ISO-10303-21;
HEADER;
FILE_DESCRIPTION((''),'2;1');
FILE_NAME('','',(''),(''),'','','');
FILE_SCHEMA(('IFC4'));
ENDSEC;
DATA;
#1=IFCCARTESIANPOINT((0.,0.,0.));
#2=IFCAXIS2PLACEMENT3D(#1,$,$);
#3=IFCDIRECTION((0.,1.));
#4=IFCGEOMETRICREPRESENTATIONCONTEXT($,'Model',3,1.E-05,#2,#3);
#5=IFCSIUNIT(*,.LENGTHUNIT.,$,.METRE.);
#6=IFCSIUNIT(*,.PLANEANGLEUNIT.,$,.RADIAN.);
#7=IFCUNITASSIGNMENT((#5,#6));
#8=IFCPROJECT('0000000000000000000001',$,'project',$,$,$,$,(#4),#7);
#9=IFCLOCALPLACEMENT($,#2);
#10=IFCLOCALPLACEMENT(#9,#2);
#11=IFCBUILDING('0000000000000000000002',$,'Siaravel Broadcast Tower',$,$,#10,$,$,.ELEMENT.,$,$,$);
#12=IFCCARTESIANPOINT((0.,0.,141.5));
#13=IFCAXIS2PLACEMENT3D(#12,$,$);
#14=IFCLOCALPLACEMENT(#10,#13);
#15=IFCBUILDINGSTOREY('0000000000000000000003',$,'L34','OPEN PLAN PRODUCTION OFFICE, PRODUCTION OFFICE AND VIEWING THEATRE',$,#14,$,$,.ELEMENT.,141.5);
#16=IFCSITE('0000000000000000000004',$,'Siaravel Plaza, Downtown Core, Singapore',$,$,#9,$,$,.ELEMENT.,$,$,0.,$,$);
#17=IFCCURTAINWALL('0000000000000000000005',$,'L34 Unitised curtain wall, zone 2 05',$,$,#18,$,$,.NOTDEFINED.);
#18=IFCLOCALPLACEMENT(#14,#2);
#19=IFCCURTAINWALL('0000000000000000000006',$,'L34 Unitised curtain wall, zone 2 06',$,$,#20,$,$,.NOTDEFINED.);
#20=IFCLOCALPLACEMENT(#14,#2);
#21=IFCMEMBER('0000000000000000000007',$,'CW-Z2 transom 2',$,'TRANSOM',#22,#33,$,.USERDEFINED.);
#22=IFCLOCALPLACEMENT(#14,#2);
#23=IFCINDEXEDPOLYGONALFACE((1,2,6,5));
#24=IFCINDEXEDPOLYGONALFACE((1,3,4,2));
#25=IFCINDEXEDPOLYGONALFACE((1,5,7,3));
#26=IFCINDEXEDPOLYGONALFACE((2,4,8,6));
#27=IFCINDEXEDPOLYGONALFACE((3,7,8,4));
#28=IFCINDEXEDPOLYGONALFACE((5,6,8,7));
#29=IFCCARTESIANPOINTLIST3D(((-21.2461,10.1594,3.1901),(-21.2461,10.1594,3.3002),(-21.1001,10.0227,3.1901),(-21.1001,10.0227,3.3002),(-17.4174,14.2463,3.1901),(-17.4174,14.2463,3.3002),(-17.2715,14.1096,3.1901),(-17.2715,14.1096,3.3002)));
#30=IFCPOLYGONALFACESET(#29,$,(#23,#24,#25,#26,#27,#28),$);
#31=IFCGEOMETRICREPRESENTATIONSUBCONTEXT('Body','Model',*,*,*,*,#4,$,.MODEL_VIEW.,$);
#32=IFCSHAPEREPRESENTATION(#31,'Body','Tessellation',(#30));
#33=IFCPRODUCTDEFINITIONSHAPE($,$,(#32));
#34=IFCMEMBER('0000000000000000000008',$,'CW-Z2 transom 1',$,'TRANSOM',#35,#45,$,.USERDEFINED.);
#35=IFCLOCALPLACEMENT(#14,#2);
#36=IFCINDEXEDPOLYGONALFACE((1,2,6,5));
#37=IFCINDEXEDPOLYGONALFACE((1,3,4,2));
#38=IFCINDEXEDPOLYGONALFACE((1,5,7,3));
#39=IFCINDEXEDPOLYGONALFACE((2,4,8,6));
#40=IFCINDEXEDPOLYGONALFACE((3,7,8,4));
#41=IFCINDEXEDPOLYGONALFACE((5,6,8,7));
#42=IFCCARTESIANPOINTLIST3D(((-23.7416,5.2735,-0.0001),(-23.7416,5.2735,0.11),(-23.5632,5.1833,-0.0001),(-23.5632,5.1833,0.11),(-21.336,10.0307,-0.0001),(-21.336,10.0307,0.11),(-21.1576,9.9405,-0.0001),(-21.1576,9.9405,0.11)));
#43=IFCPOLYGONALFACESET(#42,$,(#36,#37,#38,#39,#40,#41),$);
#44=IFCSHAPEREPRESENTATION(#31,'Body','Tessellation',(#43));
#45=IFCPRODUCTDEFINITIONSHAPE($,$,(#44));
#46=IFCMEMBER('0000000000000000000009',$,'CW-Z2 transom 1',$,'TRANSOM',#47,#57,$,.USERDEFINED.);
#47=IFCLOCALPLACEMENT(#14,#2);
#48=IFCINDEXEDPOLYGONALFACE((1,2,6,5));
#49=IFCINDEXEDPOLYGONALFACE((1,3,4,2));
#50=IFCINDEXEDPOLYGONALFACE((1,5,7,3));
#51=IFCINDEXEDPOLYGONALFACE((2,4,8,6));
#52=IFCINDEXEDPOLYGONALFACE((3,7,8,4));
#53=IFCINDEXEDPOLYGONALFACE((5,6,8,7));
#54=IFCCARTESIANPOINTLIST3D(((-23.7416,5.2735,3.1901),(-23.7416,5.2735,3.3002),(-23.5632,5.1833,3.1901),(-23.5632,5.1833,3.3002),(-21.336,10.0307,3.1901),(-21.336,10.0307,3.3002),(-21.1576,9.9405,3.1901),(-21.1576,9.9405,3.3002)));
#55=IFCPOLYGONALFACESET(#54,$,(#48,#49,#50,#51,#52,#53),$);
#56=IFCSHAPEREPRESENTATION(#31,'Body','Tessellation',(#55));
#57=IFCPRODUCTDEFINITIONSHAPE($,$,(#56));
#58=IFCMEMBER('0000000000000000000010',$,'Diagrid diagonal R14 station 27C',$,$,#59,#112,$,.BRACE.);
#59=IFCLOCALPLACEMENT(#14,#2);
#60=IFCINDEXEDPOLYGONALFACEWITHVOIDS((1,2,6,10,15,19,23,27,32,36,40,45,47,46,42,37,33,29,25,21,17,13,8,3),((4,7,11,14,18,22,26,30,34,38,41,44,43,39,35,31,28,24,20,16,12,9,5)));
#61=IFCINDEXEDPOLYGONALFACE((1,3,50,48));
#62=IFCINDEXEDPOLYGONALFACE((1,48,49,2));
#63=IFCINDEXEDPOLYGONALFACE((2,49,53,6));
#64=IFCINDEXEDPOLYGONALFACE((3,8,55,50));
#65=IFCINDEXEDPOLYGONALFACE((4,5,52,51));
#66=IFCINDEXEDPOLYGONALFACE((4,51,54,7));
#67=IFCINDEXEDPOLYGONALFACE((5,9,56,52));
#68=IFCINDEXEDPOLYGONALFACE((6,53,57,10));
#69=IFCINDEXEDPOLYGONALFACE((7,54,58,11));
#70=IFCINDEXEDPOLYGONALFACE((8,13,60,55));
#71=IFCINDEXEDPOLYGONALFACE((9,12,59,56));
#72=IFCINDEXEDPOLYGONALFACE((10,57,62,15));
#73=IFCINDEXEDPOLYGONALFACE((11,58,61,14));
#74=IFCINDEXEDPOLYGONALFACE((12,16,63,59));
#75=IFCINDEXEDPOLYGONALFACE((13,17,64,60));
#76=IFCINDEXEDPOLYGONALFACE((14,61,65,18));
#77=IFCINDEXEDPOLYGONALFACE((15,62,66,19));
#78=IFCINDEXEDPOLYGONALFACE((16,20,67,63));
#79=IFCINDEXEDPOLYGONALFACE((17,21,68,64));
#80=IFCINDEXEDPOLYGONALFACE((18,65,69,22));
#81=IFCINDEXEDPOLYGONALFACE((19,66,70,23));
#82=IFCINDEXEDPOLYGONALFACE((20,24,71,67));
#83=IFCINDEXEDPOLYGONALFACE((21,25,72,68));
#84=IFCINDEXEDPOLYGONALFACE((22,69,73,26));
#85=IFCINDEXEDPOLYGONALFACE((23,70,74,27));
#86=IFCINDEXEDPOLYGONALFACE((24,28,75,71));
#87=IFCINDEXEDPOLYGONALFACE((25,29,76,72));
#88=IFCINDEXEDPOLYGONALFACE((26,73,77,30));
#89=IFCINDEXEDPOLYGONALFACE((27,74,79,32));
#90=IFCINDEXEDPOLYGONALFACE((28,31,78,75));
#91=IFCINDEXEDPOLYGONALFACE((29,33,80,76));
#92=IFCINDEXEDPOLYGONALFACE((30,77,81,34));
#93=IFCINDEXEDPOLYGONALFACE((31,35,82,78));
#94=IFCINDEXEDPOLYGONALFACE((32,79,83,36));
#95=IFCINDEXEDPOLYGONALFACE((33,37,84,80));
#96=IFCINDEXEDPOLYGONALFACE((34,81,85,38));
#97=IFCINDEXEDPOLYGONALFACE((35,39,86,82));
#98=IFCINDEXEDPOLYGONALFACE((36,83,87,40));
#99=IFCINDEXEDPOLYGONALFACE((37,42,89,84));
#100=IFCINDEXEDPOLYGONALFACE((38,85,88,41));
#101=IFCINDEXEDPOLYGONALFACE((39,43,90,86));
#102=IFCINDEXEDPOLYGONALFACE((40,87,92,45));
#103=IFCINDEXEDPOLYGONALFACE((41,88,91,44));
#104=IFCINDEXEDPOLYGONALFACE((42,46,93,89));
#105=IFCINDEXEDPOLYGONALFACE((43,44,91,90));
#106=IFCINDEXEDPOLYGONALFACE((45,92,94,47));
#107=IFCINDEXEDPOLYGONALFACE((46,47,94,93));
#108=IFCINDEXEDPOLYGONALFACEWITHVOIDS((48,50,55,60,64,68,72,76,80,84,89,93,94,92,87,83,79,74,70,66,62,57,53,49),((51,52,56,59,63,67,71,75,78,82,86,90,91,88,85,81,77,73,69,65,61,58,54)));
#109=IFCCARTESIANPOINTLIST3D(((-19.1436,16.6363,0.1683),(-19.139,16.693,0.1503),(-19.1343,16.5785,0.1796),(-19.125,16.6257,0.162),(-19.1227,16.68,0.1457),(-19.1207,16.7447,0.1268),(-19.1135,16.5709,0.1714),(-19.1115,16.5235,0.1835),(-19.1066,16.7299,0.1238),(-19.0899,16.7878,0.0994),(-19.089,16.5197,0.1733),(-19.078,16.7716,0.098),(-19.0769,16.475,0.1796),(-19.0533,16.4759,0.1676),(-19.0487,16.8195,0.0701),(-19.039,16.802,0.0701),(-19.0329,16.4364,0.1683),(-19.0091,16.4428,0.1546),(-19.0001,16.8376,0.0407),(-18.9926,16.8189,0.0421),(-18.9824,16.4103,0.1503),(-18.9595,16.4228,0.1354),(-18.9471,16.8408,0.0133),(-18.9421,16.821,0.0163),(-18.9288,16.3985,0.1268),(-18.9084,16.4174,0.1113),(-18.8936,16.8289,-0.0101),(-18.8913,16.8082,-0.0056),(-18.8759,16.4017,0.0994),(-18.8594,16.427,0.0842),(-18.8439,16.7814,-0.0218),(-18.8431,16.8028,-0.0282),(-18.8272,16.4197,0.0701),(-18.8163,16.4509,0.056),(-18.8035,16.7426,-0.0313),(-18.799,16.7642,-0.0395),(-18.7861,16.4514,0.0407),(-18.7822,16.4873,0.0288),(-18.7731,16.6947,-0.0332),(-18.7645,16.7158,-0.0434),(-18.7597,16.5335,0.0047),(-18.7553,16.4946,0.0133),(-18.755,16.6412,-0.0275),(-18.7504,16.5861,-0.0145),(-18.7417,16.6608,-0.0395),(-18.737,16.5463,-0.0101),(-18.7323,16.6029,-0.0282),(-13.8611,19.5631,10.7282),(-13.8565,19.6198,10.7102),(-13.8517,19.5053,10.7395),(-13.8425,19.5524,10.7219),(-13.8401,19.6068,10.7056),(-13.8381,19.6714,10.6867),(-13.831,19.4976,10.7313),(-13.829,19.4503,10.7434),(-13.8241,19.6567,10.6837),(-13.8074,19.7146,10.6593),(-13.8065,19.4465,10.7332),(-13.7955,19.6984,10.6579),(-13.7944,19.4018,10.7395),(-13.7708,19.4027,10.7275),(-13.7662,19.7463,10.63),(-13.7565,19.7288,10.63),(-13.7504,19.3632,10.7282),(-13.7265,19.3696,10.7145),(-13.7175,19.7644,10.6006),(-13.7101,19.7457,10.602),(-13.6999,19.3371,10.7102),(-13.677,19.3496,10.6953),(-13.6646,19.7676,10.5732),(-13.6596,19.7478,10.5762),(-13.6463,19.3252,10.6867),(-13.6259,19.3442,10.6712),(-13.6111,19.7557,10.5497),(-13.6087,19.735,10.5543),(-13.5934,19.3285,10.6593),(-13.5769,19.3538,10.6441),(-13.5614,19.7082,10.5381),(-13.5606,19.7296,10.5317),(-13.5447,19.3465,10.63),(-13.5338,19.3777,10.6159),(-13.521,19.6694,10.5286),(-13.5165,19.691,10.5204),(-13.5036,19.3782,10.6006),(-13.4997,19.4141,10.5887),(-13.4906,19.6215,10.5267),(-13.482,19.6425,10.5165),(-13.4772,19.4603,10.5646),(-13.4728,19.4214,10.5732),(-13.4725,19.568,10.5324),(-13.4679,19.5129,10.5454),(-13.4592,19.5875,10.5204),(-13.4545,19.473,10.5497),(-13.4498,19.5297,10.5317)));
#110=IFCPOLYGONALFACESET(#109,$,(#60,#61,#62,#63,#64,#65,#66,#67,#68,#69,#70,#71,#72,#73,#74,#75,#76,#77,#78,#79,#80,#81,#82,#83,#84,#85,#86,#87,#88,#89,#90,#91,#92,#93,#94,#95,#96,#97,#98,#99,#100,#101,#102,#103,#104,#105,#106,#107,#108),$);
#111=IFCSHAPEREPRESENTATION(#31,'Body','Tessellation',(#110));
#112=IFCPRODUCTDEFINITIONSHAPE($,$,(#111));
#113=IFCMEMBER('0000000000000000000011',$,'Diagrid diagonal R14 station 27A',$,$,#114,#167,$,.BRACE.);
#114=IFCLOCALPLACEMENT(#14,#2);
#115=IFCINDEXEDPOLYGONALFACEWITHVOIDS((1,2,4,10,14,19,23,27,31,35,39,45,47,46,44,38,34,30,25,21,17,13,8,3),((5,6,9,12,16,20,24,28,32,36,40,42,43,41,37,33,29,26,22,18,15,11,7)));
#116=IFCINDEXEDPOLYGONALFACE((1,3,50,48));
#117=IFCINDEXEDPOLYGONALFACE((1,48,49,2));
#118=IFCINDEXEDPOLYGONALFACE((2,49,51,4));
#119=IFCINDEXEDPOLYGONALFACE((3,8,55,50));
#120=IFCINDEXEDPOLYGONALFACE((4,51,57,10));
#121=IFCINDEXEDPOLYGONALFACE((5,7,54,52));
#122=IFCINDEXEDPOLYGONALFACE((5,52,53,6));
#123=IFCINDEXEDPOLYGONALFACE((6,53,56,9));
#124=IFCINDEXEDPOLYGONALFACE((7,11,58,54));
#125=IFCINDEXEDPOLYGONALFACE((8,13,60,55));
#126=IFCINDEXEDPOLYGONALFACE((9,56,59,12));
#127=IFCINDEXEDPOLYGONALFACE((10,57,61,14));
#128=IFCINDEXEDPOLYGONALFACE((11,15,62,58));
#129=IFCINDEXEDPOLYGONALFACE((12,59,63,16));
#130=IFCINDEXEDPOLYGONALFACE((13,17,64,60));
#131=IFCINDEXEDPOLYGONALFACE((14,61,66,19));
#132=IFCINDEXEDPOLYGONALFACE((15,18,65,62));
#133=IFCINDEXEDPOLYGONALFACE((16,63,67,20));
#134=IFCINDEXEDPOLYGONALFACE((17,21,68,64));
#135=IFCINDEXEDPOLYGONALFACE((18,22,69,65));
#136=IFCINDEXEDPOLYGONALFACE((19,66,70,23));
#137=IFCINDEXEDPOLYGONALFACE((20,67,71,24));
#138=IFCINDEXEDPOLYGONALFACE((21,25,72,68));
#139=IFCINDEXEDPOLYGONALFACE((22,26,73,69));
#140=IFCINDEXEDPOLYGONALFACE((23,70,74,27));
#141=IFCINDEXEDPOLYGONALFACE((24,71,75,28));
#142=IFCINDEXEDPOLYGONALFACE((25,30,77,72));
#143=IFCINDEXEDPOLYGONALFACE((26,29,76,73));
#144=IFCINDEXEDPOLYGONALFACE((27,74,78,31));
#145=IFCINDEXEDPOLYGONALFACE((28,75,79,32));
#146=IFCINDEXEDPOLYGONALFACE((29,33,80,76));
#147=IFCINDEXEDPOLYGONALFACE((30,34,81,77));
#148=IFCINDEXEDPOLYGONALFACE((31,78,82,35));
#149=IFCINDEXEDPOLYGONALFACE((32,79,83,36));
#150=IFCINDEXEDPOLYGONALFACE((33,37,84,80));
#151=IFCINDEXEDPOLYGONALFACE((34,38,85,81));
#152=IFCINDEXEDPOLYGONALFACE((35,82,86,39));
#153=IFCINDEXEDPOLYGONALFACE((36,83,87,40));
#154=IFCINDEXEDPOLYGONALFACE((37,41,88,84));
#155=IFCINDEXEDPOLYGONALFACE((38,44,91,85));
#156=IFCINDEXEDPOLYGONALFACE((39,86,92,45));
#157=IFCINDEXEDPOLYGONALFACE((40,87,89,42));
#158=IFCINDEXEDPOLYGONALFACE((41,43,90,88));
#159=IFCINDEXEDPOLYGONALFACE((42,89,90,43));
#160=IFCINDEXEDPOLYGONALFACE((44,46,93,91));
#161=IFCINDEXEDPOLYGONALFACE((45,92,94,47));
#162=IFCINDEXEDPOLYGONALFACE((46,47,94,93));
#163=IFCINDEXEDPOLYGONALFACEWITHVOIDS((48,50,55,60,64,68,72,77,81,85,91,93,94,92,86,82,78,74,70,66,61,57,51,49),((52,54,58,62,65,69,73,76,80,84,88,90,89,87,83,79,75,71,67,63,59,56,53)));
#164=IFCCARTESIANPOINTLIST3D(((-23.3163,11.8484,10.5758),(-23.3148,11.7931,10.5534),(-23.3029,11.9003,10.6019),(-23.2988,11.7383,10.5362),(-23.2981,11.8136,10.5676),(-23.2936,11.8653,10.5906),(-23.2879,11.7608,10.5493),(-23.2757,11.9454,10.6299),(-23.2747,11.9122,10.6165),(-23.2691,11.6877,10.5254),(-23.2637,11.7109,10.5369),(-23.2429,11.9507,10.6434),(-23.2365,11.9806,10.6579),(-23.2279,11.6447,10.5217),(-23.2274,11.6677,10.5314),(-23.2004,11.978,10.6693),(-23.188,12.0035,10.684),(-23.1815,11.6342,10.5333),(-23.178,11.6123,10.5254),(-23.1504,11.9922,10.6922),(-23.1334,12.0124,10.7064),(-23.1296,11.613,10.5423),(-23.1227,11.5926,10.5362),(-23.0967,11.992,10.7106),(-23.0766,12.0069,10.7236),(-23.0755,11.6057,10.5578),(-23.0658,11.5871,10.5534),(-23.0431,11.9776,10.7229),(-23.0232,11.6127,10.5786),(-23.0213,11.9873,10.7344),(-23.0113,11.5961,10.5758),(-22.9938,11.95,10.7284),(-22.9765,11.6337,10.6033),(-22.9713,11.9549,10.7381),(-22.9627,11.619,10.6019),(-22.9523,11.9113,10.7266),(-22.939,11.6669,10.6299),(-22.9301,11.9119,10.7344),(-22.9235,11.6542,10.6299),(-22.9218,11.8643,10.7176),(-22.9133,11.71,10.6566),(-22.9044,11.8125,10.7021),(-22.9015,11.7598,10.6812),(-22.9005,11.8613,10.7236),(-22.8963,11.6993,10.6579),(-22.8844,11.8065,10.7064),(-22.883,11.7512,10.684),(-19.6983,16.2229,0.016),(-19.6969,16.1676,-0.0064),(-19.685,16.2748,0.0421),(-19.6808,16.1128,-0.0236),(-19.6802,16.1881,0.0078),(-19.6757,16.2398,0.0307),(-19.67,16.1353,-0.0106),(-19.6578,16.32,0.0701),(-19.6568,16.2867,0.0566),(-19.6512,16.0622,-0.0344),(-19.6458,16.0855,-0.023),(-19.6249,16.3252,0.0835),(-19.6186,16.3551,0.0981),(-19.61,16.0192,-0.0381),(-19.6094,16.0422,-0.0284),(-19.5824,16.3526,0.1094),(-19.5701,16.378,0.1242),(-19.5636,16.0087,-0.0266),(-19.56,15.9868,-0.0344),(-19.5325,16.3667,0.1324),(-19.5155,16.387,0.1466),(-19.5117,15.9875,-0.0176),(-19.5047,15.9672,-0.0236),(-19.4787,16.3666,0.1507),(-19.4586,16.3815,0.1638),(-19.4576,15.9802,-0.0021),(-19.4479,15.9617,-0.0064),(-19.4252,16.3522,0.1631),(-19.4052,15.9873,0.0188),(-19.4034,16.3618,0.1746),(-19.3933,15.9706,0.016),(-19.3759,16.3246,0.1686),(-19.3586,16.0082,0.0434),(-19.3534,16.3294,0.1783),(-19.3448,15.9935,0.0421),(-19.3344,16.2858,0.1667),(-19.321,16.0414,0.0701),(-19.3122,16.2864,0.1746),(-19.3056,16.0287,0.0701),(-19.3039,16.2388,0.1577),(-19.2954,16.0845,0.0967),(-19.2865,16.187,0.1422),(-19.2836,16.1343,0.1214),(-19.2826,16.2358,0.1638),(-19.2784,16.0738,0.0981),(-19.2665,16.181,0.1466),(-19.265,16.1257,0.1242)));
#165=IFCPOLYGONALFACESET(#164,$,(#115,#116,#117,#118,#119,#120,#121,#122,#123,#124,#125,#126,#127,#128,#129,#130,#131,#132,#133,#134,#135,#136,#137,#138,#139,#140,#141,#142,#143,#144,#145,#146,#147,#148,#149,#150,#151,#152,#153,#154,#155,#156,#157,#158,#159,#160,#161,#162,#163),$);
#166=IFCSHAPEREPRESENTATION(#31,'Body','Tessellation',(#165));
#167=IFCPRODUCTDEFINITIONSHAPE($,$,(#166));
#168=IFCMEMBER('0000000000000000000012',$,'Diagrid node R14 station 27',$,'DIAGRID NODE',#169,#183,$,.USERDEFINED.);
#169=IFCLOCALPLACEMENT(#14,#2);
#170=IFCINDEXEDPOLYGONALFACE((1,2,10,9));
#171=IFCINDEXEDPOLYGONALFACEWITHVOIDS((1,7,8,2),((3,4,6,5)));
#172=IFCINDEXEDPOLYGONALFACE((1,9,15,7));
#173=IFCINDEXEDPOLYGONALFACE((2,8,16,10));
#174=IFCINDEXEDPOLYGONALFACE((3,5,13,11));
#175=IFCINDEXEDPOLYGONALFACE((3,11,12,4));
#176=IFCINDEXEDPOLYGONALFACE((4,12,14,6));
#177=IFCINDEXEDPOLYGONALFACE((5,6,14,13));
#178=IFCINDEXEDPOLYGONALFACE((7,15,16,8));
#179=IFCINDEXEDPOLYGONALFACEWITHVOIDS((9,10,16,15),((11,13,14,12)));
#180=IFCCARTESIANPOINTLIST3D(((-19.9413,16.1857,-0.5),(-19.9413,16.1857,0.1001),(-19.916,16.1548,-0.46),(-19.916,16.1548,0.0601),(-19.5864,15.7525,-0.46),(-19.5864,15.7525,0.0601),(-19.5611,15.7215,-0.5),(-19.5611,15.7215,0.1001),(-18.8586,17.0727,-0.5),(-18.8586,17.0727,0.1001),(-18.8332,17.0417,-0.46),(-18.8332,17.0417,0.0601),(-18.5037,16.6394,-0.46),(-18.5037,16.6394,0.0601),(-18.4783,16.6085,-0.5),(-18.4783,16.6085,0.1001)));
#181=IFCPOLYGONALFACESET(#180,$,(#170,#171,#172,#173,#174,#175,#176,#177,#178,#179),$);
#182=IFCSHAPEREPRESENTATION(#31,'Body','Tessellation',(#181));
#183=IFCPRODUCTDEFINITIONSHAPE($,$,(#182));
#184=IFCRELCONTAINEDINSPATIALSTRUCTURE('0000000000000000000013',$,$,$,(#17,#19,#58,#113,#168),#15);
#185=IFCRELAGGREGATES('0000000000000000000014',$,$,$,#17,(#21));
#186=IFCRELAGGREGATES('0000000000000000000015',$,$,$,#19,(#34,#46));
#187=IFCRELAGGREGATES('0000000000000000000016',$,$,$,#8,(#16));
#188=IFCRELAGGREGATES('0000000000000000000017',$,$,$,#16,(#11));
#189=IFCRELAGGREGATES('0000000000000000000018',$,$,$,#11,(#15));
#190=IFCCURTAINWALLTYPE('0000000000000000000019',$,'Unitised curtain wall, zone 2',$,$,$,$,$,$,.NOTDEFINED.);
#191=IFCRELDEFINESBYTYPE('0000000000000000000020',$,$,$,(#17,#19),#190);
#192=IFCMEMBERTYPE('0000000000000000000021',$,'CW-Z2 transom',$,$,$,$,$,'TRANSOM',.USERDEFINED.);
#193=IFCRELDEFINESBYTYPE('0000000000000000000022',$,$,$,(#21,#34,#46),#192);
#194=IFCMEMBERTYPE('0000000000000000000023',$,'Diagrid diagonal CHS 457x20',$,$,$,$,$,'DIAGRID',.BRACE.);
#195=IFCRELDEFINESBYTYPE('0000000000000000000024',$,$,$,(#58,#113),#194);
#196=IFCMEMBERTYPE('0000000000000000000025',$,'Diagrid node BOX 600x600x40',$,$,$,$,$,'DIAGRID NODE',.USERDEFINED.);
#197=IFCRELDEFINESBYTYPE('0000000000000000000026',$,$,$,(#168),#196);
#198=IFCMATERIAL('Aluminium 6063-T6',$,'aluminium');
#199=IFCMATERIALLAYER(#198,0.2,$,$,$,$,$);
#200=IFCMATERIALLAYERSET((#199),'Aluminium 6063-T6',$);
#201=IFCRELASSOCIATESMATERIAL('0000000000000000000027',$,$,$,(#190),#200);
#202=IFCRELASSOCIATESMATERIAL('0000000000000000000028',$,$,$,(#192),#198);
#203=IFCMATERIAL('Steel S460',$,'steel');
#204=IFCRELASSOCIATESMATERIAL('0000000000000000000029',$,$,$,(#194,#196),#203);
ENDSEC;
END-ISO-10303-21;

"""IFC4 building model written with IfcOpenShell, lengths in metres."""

from ifc_helpers import new_model, si_unit, direction, frame, origin, origin_2d, place, context, subcontext, project, spatial, rectangle, hollow_rectangle, hollow_circle, extrude, material, layer, layer_set, material_profile, profile_set, type_object, element, aggregate, save


model = new_model("IFC4")

# Units and contexts
model_context = context("Model", 3, precision=1e-05, world=origin(), true_north=direction((0.0, 1.0)))
body_context = subcontext(model_context, "Body", "Model", "MODEL_VIEW")
ifc_project = project(units=[si_unit("LENGTHUNIT", "METRE"), si_unit("PLANEANGLEUNIT", "RADIAN")], contexts=[model_context])

# Site, building, storey
site_placement = place(None, origin())
site = spatial("IfcSite", under=ifc_project, at=site_placement, Name="Siaravel Plaza, Downtown Core, Singapore", CompositionType="ELEMENT", RefElevation=0.0)
building_placement = place(site_placement, origin())
building = spatial("IfcBuilding", under=site, at=building_placement, Name="Siaravel Broadcast Tower", CompositionType="ELEMENT")
storey_placement = place(building_placement, frame((0.0, 0.0, 141.5)))
storey = spatial("IfcBuildingStorey", under=building, at=storey_placement, Name="L34", Description="OPEN PLAN PRODUCTION OFFICE, PRODUCTION OFFICE AND VIEWING THEATRE", CompositionType="ELEMENT", Elevation=141.5)

# Curtain wall
ifc_material_1 = material(Name="Aluminium 6063-T6", Category="aluminium")
ifc_layer_1 = layer(ifc_material_1, 0.2)
ifc_layer_set_1 = layer_set([ifc_layer_1], Name="Aluminium 6063-T6")
curtain_wall_type = type_object("IfcCurtainWallType", Name="Unitised curtain wall, zone 2", PredefinedType="NOTDEFINED", material=ifc_layer_set_1)
curtain_wall_1_placement = place(storey_placement, origin())
curtain_wall_1 = element("IfcCurtainWall", 1, at=curtain_wall_1_placement, inside=storey, type_object=curtain_wall_type, Name="L34 Unitised curtain wall, zone 2 05", PredefinedType="NOTDEFINED")

# Curtain wall
curtain_wall_2_placement = place(storey_placement, origin())
curtain_wall_2 = element("IfcCurtainWall", 2, at=curtain_wall_2_placement, inside=storey, type_object=curtain_wall_type, Name="L34 Unitised curtain wall, zone 2 06", PredefinedType="NOTDEFINED")

# Members
ifc_material_profile_1 = material_profile(ifc_material_1, rectangle(XDim=0.2, YDim=0.1101, at=origin_2d()))
ifc_profile_set_1 = profile_set([ifc_material_profile_1], Name="Aluminium 6063-T6")
member_type_1 = type_object("IfcMemberType", Name="CW-Z2 transom", ElementType="TRANSOM", PredefinedType="USERDEFINED", material=ifc_profile_set_1)
member_1_placement = place(storey_placement, frame((-17.3445, 14.178, 3.2451), z_axis=(-0.683668, -0.729793, 0.0), x_axis=(0.729793, -0.683668, 0.0)))
member_1 = element("IfcMember", 3, at=member_1_placement, type_object=member_type_1, Name="CW-Z2 transom 2", ObjectType="TRANSOM", PredefinedType="USERDEFINED", context=body_context, shape_type="SweptSolid", body=[
    extrude(rectangle(XDim=0.2, YDim=0.1101, at=origin_2d()), origin(), (0.0, 0.0, 1.0), 5.6001),
])
member_2_placement = place(storey_placement, frame((-21.2468, 9.9856, 0.0549), z_axis=(-0.451258, -0.892394, 0.0), x_axis=(0.892394, -0.451258, 0.0)))
member_2 = element("IfcMember", 4, at=member_2_placement, type_object=member_type_1, Name="CW-Z2 transom 1", ObjectType="TRANSOM", PredefinedType="USERDEFINED", context=body_context, shape_type="SweptSolid", body=[
    extrude(rectangle(XDim=0.2, YDim=0.1101, at=origin_2d()), origin(), (0.0, 0.0, 1.0), 5.3308),
])
member_3_placement = place(storey_placement, frame((-21.2468, 9.9856, 3.2451), z_axis=(-0.451258, -0.892394, 0.0), x_axis=(0.892394, -0.451258, 0.0)))
member_3 = element("IfcMember", 5, at=member_3_placement, type_object=member_type_1, Name="CW-Z2 transom 1", ObjectType="TRANSOM", PredefinedType="USERDEFINED", context=body_context, shape_type="SweptSolid", body=[
    extrude(rectangle(XDim=0.2, YDim=0.1101, at=origin_2d()), origin(), (0.0, 0.0, 1.0), 5.3308),
])

# Members
ifc_material_2 = material(Name="Steel S460", Category="steel")
ifc_material_profile_2 = material_profile(ifc_material_2, hollow_circle(Radius=0.2285, WallThickness=0.02, at=origin_2d()))
ifc_profile_set_2 = profile_set([ifc_material_profile_2], Name="Steel S460")
member_type_2 = type_object("IfcMemberType", Name="Diagrid diagonal CHS 457x20", ElementType="DIAGRID", PredefinedType="BRACE", material=ifc_profile_set_2)
member_4_placement = place(storey_placement, frame((-18.938, 16.6196, 0.0701), z_axis=(0.434246, 0.240594, 0.86807), x_axis=(-0.484637, 0.874715, 0.0)))
element("IfcMember", 6, at=member_4_placement, inside=storey, type_object=member_type_2, Name="Diagrid diagonal R14 station 27C", PredefinedType="BRACE", context=body_context, shape_type="SweptSolid", body=[
    extrude(hollow_circle(Radius=0.2285, WallThickness=0.02, at=origin_2d()), origin(), (0.0, 0.0, 1.0), 12.1648),
])
member_5_placement = place(storey_placement, frame((-19.4817, 16.1743, 0.0701), z_axis=(-0.301771, -0.364878, 0.880794), x_axis=(0.770599, -0.63732, 0.0)))
element("IfcMember", 7, at=member_5_placement, inside=storey, type_object=member_type_2, Name="Diagrid diagonal R14 station 27A", PredefinedType="BRACE", context=body_context, shape_type="SweptSolid", body=[
    extrude(hollow_circle(Radius=0.2285, WallThickness=0.02, at=origin_2d()), origin(), (0.0, 0.0, 1.0), 11.989),
])
ifc_material_profile_3 = material_profile(ifc_material_2, hollow_rectangle(XDim=0.6001, YDim=0.6001, WallThickness=0.04, at=origin_2d()))
ifc_profile_set_3 = profile_set([ifc_material_profile_3], Name="Steel S460")
member_type_3 = type_object("IfcMemberType", Name="Diagrid node BOX 600x600x40", ElementType="DIAGRID NODE", PredefinedType="USERDEFINED", material=ifc_profile_set_3)
member_6_placement = place(storey_placement, frame((-18.6685, 16.8406, -0.2), z_axis=(-0.773584, -0.633694, 0.0), x_axis=(0.633694, -0.773584, 0.0)))
element("IfcMember", 8, at=member_6_placement, inside=storey, type_object=member_type_3, Name="Diagrid node R14 station 27", ObjectType="DIAGRID NODE", PredefinedType="USERDEFINED", context=body_context, shape_type="SweptSolid", body=[
    extrude(hollow_rectangle(XDim=0.6001, YDim=0.6001, WallThickness=0.04, at=origin_2d()), origin(), (0.0, 0.0, 1.0), 1.3997),
])

aggregate(curtain_wall_1, [member_1])
aggregate(curtain_wall_2, [member_2, member_3])

save(model, "model.ifc")
